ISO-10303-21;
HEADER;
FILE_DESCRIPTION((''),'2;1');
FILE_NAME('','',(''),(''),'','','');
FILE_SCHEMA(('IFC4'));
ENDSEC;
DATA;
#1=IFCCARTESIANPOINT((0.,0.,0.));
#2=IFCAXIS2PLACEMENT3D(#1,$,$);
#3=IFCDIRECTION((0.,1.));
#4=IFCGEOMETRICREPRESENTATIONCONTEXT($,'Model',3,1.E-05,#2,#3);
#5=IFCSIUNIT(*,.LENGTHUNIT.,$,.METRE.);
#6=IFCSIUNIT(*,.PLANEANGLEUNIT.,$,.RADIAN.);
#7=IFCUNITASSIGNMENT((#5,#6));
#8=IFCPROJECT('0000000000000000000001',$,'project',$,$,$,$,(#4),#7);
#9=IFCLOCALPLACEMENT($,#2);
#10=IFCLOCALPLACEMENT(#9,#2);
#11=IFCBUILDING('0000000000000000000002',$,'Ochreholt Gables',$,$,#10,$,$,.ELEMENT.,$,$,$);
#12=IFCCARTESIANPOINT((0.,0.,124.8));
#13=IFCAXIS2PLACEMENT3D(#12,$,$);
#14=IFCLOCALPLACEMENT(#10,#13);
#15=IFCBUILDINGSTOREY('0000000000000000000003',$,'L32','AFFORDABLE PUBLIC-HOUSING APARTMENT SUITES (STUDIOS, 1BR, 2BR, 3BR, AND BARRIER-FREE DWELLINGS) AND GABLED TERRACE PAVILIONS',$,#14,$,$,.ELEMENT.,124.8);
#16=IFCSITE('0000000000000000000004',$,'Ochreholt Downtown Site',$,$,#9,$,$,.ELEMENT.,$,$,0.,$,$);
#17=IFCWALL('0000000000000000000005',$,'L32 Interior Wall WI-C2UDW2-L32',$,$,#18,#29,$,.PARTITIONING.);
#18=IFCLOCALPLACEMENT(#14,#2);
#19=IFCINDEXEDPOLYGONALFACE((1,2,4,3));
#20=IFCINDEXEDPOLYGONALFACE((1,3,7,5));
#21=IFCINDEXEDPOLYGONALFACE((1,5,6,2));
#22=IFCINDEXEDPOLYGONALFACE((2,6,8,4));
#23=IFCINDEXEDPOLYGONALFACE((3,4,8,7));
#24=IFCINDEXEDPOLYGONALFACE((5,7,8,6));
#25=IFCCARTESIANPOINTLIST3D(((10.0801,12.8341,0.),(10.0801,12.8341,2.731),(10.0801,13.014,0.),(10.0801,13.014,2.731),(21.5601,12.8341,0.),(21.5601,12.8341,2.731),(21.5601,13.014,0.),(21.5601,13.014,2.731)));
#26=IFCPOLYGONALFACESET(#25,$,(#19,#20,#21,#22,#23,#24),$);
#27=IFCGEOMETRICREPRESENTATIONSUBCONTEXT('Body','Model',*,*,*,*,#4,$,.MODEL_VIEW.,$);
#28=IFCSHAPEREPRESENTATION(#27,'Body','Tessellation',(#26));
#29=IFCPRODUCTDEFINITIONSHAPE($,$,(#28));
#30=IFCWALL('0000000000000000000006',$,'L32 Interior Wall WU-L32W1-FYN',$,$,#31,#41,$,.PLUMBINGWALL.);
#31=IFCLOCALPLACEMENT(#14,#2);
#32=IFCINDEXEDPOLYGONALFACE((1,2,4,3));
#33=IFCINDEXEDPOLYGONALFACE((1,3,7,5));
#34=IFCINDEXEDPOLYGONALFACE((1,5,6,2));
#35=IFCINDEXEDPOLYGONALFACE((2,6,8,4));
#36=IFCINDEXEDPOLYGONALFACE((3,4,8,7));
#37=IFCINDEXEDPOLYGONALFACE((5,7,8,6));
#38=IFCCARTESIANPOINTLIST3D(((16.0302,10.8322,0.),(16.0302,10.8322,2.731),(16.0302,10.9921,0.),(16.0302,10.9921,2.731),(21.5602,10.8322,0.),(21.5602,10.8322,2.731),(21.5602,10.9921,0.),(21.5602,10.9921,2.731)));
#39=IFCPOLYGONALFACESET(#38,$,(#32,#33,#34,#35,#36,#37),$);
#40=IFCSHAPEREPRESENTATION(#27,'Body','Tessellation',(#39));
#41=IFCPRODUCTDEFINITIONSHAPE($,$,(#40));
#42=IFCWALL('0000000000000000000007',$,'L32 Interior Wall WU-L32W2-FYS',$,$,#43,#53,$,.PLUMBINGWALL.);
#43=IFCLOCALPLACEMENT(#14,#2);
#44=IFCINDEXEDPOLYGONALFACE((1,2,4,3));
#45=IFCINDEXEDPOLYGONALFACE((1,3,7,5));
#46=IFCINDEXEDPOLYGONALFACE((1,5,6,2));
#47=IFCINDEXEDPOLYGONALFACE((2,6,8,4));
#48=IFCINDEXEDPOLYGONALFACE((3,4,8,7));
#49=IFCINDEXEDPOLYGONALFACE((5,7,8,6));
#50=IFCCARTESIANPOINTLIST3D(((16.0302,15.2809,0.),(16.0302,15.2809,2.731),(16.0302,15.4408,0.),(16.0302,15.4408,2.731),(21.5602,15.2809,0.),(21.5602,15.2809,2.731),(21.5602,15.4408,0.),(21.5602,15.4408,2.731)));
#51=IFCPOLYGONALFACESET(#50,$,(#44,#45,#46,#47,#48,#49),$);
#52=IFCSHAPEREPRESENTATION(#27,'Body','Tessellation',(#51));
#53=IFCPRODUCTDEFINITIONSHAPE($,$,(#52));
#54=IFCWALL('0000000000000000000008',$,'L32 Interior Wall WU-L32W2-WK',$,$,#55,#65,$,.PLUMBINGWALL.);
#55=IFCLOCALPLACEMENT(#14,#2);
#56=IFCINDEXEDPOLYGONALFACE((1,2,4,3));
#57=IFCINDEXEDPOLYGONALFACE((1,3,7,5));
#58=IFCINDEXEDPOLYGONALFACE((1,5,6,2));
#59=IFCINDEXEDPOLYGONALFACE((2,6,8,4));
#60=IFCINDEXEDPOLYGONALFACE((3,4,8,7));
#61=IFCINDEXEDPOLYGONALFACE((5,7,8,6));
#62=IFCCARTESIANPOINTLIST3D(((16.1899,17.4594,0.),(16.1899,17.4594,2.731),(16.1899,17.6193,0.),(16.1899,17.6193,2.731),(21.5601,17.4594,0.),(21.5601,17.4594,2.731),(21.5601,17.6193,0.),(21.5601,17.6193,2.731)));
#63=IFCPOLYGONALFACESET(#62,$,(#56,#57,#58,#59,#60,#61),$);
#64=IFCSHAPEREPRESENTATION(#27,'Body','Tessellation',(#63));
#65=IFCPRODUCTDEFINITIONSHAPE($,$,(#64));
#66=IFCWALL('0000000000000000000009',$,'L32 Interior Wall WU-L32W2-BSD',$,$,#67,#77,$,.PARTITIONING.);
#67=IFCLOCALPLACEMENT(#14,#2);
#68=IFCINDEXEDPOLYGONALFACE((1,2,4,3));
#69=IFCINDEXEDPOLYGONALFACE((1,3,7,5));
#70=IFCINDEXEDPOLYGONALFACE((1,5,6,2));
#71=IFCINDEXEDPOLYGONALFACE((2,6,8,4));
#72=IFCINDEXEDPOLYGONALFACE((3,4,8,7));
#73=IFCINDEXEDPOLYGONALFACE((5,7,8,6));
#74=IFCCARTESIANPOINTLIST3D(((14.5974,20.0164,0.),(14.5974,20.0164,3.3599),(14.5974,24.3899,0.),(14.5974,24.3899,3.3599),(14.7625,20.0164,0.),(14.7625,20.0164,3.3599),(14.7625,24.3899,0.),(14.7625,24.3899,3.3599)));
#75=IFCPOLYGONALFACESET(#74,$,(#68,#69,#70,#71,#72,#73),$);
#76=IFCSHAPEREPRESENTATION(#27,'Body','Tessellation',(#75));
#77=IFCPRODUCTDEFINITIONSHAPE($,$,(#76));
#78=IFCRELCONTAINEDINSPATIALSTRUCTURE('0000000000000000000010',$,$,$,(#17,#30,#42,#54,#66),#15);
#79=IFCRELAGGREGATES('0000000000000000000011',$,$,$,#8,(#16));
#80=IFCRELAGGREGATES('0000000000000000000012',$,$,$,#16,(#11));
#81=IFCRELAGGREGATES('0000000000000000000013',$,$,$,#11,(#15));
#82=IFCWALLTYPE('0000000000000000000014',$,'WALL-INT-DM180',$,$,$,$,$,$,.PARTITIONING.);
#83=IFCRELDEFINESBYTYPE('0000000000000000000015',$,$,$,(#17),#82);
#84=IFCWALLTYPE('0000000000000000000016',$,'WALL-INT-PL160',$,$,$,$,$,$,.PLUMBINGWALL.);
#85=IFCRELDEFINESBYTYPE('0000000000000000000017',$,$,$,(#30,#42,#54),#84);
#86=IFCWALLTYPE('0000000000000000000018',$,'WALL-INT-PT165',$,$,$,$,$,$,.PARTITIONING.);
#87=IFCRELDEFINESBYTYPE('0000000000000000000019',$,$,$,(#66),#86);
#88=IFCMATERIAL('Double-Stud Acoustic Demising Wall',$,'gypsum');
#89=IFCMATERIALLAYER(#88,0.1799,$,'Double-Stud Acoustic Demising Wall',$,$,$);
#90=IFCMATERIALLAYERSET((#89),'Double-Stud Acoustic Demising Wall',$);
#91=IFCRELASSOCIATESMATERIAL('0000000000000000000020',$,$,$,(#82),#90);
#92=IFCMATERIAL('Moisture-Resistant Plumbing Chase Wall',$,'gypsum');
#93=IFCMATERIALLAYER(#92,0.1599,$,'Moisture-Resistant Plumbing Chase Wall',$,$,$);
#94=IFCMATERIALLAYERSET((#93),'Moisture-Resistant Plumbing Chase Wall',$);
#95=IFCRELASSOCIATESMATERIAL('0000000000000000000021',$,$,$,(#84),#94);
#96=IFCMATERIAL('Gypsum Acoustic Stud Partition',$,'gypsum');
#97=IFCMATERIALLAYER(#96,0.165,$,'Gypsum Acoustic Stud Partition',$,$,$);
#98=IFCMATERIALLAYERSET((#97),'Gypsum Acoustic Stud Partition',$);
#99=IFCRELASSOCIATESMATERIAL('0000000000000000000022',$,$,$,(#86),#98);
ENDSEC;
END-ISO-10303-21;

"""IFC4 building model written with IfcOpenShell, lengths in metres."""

from ifc_helpers import new_model, si_unit, direction, frame, frame_2d, origin, place, context, subcontext, project, spatial, rectangle, extrude, material, layer, layer_set, type_object, element, save


model = new_model("IFC4")

# Units and contexts
model_context = context("Model", 3, precision=1e-05, world=origin(), true_north=direction((0.0, 1.0)))
body_context = subcontext(model_context, "Body", "Model", "MODEL_VIEW")
ifc_project = project(units=[si_unit("LENGTHUNIT", "METRE"), si_unit("PLANEANGLEUNIT", "RADIAN")], contexts=[model_context])

# Site, building, storey
site_placement = place(None, origin())
site = spatial("IfcSite", under=ifc_project, at=site_placement, Name="Ochreholt Downtown Site", CompositionType="ELEMENT", RefElevation=0.0)
building_placement = place(site_placement, origin())
building = spatial("IfcBuilding", under=site, at=building_placement, Name="Ochreholt Gables", CompositionType="ELEMENT")
storey_placement = place(building_placement, frame((0.0, 0.0, 124.8)))
storey = spatial("IfcBuildingStorey", under=building, at=storey_placement, Name="L32", Description="AFFORDABLE PUBLIC-HOUSING APARTMENT SUITES (STUDIOS, 1BR, 2BR, 3BR, AND BARRIER-FREE DWELLINGS) AND GABLED TERRACE PAVILIONS", CompositionType="ELEMENT", Elevation=124.8)

# Walls
ifc_material_1 = material(Name="Double-Stud Acoustic Demising Wall", Category="gypsum")
ifc_layer_1 = layer(ifc_material_1, 0.1799, Name="Double-Stud Acoustic Demising Wall")
ifc_layer_set_1 = layer_set([ifc_layer_1], Name="Double-Stud Acoustic Demising Wall")
wall_type_1 = type_object("IfcWallType", Name="WALL-INT-DM180", PredefinedType="PARTITIONING", material=ifc_layer_set_1)
wall_1_placement = place(storey_placement, frame((10.0801, 12.9241, 0.0), z_axis=(0.0, 0.0, 1.0), x_axis=(1.0, 0.0, 0.0)))
element("IfcWall", 1, at=wall_1_placement, inside=storey, type_object=wall_type_1, Name="L32 Interior Wall WI-C2UDW2-L32", PredefinedType="PARTITIONING", context=body_context, shape_type="SweptSolid", body=[
    extrude(rectangle(XDim=11.48, YDim=0.1799, at=frame_2d((5.74, 0.0))), origin(), (0.0, 0.0, 1.0), 2.731),
])
ifc_material_2 = material(Name="Moisture-Resistant Plumbing Chase Wall", Category="gypsum")
ifc_layer_2 = layer(ifc_material_2, 0.1599, Name="Moisture-Resistant Plumbing Chase Wall")
ifc_layer_set_2 = layer_set([ifc_layer_2], Name="Moisture-Resistant Plumbing Chase Wall")
wall_type_2 = type_object("IfcWallType", Name="WALL-INT-PL160", PredefinedType="PLUMBINGWALL", material=ifc_layer_set_2)
for number, where, z_axis, x_axis, name in (
    (2, (16.03, 10.9121, 0.0), (0.0, 0.0, 1.0), (1.0, 0.0, 0.0), "L32 Interior Wall WU-L32W1-FYN"),
    (3, (16.03, 15.3608, 0.0), (0.0, 0.0, 1.0), (1.0, 0.0, 0.0), "L32 Interior Wall WU-L32W2-FYS"),
):
    element("IfcWall", number, at=place(storey_placement, frame(where, z_axis=z_axis, x_axis=x_axis)), inside=storey, type_object=wall_type_2, Name=name, PredefinedType="PLUMBINGWALL", context=body_context, shape_type="SweptSolid", body=[
        extrude(rectangle(XDim=5.53, YDim=0.1599, at=frame_2d((2.7651, 0.0))), origin(), (0.0, 0.0, 1.0), 2.731),
    ])

# Walls
wall_2_placement = place(storey_placement, frame((16.1899, 17.5393, 0.0), z_axis=(0.0, 0.0, 1.0), x_axis=(1.0, 0.0, 0.0)))
element("IfcWall", 4, at=wall_2_placement, inside=storey, type_object=wall_type_2, Name="L32 Interior Wall WU-L32W2-WK", PredefinedType="PLUMBINGWALL", context=body_context, shape_type="SweptSolid", body=[
    extrude(rectangle(XDim=5.3701, YDim=0.1599, at=frame_2d((2.6851, 0.0))), origin(), (0.0, 0.0, 1.0), 2.731),
])
ifc_material_3 = material(Name="Gypsum Acoustic Stud Partition", Category="gypsum")
ifc_layer_3 = layer(ifc_material_3, 0.165, Name="Gypsum Acoustic Stud Partition")
ifc_layer_set_3 = layer_set([ifc_layer_3], Name="Gypsum Acoustic Stud Partition")
wall_type_3 = type_object("IfcWallType", Name="WALL-INT-PT165", PredefinedType="PARTITIONING", material=ifc_layer_set_3)
wall_3_placement = place(storey_placement, frame((14.6799, 20.0164, 0.0), z_axis=(0.0, 0.0, 1.0), x_axis=(0.0, 1.0, 0.0)))
element("IfcWall", 5, at=wall_3_placement, inside=storey, type_object=wall_type_3, Name="L32 Interior Wall WU-L32W2-BSD", PredefinedType="PARTITIONING", context=body_context, shape_type="SweptSolid", body=[
    extrude(rectangle(XDim=4.3735, YDim=0.165, at=frame_2d((2.1868, 0.0))), origin(), (0.0, 0.0, 1.0), 3.3599),
])

save(model, "model.ifc")
